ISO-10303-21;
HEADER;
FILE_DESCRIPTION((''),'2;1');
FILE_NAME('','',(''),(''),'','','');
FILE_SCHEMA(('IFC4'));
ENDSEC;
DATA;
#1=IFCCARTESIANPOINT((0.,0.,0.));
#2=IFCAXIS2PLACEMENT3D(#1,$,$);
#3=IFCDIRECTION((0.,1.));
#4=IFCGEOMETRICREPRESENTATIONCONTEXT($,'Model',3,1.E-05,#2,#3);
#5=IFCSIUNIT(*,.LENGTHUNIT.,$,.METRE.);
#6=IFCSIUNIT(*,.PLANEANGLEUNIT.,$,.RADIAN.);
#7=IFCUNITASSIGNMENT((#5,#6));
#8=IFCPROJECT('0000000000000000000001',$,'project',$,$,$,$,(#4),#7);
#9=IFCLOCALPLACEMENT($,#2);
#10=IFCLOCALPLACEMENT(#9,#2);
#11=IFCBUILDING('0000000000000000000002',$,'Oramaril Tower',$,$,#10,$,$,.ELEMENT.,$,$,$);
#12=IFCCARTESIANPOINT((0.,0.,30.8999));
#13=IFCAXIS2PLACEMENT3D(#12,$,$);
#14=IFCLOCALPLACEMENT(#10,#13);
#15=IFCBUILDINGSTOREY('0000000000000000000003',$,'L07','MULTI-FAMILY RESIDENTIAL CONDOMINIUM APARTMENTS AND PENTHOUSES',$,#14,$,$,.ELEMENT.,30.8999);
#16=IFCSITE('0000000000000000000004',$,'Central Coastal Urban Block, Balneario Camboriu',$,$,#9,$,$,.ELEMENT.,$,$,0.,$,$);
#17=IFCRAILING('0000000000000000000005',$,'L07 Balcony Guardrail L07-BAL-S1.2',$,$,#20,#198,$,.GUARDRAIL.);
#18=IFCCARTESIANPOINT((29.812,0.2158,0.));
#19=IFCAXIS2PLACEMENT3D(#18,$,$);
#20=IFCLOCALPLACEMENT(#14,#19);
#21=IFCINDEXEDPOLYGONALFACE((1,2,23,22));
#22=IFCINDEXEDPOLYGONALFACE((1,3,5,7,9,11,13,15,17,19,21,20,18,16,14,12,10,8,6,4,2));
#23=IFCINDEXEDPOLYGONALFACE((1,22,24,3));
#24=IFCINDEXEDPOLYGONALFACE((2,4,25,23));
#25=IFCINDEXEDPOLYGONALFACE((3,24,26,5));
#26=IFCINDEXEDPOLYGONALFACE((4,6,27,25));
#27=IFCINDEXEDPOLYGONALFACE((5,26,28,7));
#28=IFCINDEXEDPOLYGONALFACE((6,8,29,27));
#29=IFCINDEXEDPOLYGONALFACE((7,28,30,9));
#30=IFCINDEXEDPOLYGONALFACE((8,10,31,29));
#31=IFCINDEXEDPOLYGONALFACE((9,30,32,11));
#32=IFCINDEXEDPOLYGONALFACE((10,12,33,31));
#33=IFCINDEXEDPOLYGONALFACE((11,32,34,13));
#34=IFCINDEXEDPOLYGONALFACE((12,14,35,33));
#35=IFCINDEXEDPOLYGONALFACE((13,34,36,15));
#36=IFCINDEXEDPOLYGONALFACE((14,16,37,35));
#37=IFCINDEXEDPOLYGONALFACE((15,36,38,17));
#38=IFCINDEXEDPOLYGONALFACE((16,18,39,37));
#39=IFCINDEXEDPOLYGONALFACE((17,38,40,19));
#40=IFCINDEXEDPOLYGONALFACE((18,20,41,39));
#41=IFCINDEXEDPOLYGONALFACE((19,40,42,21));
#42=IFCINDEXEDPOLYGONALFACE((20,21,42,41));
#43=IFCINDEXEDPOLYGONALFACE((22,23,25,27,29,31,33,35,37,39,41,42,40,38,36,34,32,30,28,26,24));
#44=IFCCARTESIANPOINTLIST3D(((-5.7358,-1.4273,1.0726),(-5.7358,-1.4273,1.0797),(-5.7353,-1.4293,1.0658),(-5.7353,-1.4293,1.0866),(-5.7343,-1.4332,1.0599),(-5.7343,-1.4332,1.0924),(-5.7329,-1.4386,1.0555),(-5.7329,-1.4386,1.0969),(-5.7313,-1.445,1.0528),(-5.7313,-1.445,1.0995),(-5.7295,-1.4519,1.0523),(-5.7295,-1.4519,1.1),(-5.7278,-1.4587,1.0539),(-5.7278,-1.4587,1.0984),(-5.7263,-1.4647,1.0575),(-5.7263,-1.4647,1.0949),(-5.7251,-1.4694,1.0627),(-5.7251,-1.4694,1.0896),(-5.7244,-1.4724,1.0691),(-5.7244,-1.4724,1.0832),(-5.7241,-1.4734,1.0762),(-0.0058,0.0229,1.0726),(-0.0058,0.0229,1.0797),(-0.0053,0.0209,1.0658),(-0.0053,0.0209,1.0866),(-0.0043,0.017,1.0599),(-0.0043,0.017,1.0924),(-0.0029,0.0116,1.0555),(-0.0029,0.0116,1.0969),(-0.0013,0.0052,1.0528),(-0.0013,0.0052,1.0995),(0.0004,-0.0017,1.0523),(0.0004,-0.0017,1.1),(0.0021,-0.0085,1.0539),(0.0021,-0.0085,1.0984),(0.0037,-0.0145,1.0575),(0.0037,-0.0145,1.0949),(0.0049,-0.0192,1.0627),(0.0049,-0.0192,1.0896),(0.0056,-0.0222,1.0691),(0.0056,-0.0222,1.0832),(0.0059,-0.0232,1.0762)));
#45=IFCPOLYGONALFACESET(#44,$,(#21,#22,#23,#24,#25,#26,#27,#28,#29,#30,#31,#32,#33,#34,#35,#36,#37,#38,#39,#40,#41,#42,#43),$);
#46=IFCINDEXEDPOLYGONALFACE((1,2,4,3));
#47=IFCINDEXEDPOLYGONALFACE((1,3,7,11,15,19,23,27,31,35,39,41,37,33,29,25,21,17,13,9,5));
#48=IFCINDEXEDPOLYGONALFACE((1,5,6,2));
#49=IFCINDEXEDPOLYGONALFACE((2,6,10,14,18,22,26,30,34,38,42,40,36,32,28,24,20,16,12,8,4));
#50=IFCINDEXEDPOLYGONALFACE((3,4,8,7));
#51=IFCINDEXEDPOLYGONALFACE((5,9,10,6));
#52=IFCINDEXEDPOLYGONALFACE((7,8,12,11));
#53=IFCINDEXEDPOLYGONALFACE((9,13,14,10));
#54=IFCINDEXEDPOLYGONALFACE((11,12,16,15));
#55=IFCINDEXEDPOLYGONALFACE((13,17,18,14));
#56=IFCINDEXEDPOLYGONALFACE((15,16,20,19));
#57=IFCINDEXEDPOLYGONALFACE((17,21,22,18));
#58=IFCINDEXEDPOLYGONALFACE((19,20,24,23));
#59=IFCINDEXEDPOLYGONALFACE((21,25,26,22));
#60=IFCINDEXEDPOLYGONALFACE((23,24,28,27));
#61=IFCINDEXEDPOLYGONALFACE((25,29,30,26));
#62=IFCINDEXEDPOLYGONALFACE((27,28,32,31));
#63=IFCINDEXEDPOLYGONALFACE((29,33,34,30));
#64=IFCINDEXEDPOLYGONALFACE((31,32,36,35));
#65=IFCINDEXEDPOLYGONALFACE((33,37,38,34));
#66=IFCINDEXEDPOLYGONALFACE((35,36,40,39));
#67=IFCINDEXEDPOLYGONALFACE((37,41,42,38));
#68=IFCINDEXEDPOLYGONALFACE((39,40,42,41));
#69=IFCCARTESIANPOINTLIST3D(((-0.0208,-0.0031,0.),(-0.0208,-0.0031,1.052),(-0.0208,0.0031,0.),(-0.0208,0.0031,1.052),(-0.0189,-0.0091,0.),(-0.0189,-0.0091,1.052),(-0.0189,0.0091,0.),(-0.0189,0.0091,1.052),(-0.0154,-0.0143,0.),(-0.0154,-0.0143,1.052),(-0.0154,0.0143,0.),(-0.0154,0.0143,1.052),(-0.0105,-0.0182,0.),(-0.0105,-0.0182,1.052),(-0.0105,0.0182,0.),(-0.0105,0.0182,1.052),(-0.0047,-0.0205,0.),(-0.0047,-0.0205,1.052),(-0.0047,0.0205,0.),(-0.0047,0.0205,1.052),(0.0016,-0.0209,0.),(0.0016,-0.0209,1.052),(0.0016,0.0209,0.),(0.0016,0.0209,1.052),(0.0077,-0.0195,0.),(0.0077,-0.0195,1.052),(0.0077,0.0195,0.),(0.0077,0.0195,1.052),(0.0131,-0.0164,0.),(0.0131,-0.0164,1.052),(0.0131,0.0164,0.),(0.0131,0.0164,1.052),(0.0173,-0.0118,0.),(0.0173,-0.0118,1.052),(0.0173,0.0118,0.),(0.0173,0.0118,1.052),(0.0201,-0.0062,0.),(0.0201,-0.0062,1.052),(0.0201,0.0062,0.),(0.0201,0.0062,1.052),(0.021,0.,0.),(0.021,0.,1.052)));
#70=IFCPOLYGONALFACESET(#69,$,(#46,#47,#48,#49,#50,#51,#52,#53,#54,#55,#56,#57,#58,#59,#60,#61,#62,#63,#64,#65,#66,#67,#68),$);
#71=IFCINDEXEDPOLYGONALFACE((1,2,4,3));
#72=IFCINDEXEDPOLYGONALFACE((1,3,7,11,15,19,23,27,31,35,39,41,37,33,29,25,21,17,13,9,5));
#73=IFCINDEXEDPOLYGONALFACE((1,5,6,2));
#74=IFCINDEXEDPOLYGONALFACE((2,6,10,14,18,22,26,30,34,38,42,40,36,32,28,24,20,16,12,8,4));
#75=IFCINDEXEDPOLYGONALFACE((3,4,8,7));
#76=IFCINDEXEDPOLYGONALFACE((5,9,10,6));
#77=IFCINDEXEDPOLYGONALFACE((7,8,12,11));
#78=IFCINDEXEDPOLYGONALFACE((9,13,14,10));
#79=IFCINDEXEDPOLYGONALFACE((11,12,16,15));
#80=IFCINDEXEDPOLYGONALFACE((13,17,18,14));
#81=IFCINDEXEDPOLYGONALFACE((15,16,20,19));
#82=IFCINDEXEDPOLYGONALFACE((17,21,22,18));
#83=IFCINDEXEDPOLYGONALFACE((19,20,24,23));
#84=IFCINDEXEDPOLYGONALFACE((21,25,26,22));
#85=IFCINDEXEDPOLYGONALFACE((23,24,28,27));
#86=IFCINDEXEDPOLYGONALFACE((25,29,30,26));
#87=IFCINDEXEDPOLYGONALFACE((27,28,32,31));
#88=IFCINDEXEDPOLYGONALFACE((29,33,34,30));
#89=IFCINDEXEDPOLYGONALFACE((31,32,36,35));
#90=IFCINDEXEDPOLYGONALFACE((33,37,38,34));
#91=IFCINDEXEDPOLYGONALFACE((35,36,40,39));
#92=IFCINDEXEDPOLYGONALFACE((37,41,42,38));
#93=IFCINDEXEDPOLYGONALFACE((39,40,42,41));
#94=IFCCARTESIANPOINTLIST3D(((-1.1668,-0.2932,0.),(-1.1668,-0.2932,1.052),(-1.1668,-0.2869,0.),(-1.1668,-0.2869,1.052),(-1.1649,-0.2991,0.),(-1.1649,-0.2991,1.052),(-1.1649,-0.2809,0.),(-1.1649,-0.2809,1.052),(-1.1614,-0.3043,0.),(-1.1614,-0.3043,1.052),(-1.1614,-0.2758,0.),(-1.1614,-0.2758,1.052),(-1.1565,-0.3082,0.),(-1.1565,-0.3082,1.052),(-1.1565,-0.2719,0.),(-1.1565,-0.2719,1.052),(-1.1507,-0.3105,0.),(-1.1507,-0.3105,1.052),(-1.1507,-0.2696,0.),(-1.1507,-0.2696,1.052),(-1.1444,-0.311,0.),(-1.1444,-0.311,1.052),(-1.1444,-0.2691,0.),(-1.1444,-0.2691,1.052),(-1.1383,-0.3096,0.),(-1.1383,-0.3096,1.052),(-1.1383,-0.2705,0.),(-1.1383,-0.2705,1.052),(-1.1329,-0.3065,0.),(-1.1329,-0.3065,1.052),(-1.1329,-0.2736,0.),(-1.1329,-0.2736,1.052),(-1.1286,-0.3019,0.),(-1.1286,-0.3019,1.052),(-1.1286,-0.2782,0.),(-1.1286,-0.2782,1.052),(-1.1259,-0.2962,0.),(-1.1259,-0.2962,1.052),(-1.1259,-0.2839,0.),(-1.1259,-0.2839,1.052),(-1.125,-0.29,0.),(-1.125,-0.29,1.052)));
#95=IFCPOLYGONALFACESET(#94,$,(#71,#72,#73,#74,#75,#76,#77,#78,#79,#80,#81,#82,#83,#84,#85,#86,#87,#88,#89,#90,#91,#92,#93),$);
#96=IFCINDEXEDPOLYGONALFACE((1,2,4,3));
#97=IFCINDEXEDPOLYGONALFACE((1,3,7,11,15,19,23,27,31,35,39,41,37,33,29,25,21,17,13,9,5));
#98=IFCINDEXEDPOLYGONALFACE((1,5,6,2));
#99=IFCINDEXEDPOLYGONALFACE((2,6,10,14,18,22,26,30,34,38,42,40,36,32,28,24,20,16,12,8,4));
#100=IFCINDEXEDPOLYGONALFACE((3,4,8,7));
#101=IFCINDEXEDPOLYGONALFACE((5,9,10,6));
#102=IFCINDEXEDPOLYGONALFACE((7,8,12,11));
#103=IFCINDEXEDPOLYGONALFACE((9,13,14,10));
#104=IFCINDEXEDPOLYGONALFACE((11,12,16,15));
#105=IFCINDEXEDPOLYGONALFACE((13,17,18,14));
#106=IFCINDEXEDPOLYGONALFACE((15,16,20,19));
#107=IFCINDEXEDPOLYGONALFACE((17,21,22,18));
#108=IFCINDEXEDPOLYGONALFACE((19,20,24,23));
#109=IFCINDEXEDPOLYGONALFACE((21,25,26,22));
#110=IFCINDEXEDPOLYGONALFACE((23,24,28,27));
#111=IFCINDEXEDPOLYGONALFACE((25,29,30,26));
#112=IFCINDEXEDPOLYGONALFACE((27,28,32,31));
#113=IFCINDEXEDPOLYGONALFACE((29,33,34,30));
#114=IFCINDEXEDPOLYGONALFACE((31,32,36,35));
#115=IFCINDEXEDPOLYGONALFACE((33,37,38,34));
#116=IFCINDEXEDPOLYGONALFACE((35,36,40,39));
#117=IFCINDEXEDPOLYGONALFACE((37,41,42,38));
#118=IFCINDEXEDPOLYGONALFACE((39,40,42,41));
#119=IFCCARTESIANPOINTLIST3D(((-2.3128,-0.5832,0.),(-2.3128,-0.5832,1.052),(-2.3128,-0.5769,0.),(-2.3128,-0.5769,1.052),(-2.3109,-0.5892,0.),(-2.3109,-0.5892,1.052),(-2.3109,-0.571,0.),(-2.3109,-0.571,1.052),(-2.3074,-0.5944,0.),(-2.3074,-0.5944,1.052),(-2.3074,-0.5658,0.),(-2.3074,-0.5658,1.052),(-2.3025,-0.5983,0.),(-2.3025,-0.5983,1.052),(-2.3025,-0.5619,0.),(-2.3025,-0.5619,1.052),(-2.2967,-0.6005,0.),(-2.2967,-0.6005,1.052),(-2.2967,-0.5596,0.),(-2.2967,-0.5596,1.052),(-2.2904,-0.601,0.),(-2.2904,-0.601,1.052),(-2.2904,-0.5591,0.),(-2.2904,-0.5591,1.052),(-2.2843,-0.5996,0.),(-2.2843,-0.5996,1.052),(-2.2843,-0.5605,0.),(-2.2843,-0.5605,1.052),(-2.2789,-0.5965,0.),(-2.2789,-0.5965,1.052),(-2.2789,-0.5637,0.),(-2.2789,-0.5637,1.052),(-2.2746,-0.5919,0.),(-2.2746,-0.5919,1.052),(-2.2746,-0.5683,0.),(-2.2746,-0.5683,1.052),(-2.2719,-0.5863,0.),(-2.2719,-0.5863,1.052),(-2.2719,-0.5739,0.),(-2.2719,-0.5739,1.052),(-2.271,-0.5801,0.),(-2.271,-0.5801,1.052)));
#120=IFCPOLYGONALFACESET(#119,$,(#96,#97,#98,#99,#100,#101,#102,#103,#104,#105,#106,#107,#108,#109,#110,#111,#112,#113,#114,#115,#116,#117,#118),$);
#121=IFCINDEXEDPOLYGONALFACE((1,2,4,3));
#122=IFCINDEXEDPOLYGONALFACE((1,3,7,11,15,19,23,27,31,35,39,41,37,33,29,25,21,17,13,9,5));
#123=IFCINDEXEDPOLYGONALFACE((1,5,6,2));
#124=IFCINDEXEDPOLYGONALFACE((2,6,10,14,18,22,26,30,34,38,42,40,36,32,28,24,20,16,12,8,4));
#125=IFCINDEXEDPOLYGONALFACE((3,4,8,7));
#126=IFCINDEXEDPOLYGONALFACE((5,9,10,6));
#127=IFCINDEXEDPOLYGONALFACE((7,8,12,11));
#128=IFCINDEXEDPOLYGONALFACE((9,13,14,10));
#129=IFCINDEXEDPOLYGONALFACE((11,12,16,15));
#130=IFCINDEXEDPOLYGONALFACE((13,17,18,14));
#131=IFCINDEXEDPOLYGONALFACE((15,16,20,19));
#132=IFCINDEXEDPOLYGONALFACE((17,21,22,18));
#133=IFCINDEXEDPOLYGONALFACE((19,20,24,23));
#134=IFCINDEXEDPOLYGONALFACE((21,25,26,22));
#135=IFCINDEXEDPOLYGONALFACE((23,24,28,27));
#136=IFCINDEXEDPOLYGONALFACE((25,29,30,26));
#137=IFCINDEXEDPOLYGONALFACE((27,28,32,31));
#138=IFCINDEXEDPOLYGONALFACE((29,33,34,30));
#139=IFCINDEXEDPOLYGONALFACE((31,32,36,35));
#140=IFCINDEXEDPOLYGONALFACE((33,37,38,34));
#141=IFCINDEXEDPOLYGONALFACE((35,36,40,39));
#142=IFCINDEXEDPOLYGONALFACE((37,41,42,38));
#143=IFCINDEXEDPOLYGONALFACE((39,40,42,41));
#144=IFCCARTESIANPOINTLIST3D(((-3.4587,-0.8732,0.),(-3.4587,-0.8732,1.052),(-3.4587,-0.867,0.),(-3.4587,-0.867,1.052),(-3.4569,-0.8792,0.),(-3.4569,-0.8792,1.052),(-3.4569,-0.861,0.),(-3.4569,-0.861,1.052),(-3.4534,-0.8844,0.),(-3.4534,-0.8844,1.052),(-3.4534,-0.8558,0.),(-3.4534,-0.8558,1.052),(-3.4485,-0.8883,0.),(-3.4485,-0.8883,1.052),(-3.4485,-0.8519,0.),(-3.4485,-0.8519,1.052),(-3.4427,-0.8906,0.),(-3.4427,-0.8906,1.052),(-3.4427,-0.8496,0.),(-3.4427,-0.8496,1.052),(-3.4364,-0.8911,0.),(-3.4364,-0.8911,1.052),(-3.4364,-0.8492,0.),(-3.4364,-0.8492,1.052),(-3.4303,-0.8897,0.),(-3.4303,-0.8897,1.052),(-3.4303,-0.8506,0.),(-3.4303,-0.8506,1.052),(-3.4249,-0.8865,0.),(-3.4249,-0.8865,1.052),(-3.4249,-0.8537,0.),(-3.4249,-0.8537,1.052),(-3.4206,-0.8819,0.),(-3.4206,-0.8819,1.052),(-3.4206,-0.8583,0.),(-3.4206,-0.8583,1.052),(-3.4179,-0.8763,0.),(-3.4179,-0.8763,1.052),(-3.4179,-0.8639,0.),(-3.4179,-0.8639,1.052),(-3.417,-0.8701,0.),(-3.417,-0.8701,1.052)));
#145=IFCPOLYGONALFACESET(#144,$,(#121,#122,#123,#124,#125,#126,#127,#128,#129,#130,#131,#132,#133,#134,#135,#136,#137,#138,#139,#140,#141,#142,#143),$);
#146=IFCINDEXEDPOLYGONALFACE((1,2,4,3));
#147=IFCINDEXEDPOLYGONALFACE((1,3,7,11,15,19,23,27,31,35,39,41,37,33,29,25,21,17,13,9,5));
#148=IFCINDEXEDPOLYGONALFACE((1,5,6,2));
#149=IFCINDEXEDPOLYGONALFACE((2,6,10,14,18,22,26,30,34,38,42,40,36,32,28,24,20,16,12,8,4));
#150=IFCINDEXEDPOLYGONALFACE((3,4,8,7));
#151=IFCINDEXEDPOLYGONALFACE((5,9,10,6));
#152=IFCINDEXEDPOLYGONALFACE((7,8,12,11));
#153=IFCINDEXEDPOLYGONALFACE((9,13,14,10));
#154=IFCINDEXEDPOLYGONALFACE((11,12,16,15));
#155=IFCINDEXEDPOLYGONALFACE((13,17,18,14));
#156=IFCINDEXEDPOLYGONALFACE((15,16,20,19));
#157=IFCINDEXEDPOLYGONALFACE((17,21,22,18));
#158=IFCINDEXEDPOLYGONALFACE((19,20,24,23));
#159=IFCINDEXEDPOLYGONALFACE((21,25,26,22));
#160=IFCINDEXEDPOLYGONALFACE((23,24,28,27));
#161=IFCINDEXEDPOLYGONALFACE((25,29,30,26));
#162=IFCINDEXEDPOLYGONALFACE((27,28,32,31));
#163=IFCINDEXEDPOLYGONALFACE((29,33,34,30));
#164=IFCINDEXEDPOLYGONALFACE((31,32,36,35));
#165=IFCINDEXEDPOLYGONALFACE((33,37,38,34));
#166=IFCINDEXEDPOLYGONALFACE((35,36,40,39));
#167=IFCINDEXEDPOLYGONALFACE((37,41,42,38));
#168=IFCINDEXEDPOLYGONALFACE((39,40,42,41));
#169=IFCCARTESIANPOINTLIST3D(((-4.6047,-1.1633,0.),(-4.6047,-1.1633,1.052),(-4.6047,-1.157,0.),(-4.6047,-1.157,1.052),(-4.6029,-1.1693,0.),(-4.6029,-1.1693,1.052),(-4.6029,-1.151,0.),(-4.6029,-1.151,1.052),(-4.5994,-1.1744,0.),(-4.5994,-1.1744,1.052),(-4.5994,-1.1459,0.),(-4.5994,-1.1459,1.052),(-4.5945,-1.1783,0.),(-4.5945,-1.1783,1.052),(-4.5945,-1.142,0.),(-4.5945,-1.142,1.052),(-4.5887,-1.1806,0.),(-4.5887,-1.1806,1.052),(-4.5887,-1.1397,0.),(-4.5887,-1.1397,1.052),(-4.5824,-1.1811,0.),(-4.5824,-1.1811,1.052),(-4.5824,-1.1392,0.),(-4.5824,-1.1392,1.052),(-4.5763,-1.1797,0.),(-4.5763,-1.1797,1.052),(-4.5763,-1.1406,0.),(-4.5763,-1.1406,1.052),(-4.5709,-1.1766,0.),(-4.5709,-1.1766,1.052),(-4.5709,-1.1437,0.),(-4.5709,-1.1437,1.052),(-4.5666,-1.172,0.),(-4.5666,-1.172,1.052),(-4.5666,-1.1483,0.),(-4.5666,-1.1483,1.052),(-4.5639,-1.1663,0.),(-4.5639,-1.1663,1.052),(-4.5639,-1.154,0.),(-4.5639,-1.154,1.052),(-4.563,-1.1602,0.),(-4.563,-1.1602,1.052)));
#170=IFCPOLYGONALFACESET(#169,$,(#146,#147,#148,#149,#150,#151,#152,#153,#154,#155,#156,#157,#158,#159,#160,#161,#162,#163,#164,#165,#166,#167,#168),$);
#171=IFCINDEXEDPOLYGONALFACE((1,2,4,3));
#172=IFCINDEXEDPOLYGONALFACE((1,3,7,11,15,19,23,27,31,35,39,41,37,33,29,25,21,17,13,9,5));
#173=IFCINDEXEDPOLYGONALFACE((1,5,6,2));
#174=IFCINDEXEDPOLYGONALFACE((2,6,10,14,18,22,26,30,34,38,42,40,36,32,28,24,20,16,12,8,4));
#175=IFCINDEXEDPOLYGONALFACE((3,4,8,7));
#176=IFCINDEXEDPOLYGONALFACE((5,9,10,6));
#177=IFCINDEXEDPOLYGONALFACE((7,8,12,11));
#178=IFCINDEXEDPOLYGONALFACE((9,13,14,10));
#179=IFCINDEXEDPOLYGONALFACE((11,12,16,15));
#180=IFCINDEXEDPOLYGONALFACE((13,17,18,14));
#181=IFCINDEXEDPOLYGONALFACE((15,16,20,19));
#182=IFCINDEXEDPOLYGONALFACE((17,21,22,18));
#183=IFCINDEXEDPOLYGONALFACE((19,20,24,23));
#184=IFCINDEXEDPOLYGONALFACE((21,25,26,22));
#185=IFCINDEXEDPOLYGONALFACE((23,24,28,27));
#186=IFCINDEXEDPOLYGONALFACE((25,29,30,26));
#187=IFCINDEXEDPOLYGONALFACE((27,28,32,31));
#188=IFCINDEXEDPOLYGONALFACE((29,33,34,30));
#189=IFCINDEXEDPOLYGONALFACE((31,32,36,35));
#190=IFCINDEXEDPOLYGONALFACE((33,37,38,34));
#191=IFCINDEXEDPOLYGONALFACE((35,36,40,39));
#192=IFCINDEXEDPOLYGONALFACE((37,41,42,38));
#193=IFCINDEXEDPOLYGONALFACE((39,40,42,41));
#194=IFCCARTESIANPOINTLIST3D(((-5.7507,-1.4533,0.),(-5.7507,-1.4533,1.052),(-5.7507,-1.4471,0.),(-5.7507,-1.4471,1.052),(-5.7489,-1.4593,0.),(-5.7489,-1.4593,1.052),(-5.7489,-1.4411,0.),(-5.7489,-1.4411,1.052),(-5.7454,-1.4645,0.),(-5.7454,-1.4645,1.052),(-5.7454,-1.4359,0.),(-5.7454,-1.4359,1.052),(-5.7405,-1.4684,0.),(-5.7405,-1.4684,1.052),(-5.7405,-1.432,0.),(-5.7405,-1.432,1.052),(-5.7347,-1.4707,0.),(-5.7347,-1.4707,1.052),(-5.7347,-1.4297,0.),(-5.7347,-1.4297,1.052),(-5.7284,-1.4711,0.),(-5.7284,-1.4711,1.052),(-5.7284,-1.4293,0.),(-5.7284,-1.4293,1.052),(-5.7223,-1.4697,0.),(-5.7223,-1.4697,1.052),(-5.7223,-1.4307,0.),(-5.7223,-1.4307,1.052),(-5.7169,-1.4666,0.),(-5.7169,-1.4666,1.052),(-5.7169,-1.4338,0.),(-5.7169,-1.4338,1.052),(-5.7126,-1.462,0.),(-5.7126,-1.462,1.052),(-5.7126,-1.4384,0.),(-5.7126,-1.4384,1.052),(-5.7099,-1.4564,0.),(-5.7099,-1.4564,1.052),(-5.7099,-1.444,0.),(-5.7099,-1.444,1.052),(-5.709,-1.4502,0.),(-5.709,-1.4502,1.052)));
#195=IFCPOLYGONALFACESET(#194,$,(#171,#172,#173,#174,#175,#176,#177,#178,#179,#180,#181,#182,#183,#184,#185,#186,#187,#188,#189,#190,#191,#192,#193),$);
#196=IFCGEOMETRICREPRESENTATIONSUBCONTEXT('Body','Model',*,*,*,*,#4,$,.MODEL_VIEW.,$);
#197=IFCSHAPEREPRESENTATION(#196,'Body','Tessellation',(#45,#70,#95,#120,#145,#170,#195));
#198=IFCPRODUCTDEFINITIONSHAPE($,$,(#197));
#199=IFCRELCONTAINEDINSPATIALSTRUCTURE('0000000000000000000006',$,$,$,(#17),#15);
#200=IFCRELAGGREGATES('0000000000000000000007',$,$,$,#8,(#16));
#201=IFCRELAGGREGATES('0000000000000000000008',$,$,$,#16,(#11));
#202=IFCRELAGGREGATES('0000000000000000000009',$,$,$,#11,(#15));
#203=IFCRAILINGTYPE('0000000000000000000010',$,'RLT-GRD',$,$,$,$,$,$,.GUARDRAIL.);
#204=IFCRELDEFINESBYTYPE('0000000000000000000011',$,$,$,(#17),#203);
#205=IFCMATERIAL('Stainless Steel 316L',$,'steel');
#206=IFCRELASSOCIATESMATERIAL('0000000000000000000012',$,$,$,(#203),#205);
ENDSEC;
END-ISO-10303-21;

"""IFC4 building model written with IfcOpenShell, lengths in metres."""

from ifc_helpers import new_model, si_unit, direction, frame, origin, origin_2d, place, context, subcontext, project, spatial, circle, extrude, material, type_object, element, save


model = new_model("IFC4")

# Units and contexts
model_context = context("Model", 3, precision=1e-05, world=origin(), true_north=direction((0.0, 1.0)))
body_context = subcontext(model_context, "Body", "Model", "MODEL_VIEW")
ifc_project = project(units=[si_unit("LENGTHUNIT", "METRE"), si_unit("PLANEANGLEUNIT", "RADIAN")], contexts=[model_context])

# Site, building, storey
site_placement = place(None, origin())
site = spatial("IfcSite", under=ifc_project, at=site_placement, Name="Central Coastal Urban Block, Balneario Camboriu", CompositionType="ELEMENT", RefElevation=0.0)
building_placement = place(site_placement, origin())
building = spatial("IfcBuilding", under=site, at=building_placement, Name="Oramaril Tower", CompositionType="ELEMENT")
storey_placement = place(building_placement, frame((0.0, 0.0, 30.8999)))
storey = spatial("IfcBuildingStorey", under=building, at=storey_placement, Name="L07", Description="MULTI-FAMILY RESIDENTIAL CONDOMINIUM APARTMENTS AND PENTHOUSES", CompositionType="ELEMENT", Elevation=30.8999)

# Railing
ifc_material_1 = material(Name="Stainless Steel 316L", Category="steel")
railing_type = type_object("IfcRailingType", Name="RLT-GRD", PredefinedType="GUARDRAIL", material=ifc_material_1)
railing_1_placement = place(storey_placement, frame((29.812, 0.2158, 0.0)))
element("IfcRailing", 1, at=railing_1_placement, inside=storey, type_object=railing_type, Name="L07 Balcony Guardrail L07-BAL-S1.2", PredefinedType="GUARDRAIL", context=body_context, shape_type="SweptSolid", body=[
    extrude(circle(Radius=0.0239, at=origin_2d()), frame((0.0, 0.0, 1.0762), z_axis=(-0.969434, -0.245353, 0.0), x_axis=(0.245353, -0.969434, 0.0)), (0.0, 0.0, 1.0), 5.9106),
    extrude(circle(Radius=0.021, at=origin_2d()), origin(), (0.0, 0.0, 1.0), 1.052),
    extrude(circle(Radius=0.021, at=origin_2d()), frame((-1.146, -0.29, 0.0)), (0.0, 0.0, 1.0), 1.052),
    extrude(circle(Radius=0.021, at=origin_2d()), frame((-2.292, -0.5801, 0.0)), (0.0, 0.0, 1.0), 1.052),
    extrude(circle(Radius=0.021, at=origin_2d()), frame((-3.438, -0.8701, 0.0)), (0.0, 0.0, 1.0), 1.052),
    extrude(circle(Radius=0.021, at=origin_2d()), frame((-4.584, -1.1602, 0.0)), (0.0, 0.0, 1.0), 1.052),
    extrude(circle(Radius=0.021, at=origin_2d()), frame((-5.73, -1.4502, 0.0)), (0.0, 0.0, 1.0), 1.052),
])

save(model, "model.ifc")
